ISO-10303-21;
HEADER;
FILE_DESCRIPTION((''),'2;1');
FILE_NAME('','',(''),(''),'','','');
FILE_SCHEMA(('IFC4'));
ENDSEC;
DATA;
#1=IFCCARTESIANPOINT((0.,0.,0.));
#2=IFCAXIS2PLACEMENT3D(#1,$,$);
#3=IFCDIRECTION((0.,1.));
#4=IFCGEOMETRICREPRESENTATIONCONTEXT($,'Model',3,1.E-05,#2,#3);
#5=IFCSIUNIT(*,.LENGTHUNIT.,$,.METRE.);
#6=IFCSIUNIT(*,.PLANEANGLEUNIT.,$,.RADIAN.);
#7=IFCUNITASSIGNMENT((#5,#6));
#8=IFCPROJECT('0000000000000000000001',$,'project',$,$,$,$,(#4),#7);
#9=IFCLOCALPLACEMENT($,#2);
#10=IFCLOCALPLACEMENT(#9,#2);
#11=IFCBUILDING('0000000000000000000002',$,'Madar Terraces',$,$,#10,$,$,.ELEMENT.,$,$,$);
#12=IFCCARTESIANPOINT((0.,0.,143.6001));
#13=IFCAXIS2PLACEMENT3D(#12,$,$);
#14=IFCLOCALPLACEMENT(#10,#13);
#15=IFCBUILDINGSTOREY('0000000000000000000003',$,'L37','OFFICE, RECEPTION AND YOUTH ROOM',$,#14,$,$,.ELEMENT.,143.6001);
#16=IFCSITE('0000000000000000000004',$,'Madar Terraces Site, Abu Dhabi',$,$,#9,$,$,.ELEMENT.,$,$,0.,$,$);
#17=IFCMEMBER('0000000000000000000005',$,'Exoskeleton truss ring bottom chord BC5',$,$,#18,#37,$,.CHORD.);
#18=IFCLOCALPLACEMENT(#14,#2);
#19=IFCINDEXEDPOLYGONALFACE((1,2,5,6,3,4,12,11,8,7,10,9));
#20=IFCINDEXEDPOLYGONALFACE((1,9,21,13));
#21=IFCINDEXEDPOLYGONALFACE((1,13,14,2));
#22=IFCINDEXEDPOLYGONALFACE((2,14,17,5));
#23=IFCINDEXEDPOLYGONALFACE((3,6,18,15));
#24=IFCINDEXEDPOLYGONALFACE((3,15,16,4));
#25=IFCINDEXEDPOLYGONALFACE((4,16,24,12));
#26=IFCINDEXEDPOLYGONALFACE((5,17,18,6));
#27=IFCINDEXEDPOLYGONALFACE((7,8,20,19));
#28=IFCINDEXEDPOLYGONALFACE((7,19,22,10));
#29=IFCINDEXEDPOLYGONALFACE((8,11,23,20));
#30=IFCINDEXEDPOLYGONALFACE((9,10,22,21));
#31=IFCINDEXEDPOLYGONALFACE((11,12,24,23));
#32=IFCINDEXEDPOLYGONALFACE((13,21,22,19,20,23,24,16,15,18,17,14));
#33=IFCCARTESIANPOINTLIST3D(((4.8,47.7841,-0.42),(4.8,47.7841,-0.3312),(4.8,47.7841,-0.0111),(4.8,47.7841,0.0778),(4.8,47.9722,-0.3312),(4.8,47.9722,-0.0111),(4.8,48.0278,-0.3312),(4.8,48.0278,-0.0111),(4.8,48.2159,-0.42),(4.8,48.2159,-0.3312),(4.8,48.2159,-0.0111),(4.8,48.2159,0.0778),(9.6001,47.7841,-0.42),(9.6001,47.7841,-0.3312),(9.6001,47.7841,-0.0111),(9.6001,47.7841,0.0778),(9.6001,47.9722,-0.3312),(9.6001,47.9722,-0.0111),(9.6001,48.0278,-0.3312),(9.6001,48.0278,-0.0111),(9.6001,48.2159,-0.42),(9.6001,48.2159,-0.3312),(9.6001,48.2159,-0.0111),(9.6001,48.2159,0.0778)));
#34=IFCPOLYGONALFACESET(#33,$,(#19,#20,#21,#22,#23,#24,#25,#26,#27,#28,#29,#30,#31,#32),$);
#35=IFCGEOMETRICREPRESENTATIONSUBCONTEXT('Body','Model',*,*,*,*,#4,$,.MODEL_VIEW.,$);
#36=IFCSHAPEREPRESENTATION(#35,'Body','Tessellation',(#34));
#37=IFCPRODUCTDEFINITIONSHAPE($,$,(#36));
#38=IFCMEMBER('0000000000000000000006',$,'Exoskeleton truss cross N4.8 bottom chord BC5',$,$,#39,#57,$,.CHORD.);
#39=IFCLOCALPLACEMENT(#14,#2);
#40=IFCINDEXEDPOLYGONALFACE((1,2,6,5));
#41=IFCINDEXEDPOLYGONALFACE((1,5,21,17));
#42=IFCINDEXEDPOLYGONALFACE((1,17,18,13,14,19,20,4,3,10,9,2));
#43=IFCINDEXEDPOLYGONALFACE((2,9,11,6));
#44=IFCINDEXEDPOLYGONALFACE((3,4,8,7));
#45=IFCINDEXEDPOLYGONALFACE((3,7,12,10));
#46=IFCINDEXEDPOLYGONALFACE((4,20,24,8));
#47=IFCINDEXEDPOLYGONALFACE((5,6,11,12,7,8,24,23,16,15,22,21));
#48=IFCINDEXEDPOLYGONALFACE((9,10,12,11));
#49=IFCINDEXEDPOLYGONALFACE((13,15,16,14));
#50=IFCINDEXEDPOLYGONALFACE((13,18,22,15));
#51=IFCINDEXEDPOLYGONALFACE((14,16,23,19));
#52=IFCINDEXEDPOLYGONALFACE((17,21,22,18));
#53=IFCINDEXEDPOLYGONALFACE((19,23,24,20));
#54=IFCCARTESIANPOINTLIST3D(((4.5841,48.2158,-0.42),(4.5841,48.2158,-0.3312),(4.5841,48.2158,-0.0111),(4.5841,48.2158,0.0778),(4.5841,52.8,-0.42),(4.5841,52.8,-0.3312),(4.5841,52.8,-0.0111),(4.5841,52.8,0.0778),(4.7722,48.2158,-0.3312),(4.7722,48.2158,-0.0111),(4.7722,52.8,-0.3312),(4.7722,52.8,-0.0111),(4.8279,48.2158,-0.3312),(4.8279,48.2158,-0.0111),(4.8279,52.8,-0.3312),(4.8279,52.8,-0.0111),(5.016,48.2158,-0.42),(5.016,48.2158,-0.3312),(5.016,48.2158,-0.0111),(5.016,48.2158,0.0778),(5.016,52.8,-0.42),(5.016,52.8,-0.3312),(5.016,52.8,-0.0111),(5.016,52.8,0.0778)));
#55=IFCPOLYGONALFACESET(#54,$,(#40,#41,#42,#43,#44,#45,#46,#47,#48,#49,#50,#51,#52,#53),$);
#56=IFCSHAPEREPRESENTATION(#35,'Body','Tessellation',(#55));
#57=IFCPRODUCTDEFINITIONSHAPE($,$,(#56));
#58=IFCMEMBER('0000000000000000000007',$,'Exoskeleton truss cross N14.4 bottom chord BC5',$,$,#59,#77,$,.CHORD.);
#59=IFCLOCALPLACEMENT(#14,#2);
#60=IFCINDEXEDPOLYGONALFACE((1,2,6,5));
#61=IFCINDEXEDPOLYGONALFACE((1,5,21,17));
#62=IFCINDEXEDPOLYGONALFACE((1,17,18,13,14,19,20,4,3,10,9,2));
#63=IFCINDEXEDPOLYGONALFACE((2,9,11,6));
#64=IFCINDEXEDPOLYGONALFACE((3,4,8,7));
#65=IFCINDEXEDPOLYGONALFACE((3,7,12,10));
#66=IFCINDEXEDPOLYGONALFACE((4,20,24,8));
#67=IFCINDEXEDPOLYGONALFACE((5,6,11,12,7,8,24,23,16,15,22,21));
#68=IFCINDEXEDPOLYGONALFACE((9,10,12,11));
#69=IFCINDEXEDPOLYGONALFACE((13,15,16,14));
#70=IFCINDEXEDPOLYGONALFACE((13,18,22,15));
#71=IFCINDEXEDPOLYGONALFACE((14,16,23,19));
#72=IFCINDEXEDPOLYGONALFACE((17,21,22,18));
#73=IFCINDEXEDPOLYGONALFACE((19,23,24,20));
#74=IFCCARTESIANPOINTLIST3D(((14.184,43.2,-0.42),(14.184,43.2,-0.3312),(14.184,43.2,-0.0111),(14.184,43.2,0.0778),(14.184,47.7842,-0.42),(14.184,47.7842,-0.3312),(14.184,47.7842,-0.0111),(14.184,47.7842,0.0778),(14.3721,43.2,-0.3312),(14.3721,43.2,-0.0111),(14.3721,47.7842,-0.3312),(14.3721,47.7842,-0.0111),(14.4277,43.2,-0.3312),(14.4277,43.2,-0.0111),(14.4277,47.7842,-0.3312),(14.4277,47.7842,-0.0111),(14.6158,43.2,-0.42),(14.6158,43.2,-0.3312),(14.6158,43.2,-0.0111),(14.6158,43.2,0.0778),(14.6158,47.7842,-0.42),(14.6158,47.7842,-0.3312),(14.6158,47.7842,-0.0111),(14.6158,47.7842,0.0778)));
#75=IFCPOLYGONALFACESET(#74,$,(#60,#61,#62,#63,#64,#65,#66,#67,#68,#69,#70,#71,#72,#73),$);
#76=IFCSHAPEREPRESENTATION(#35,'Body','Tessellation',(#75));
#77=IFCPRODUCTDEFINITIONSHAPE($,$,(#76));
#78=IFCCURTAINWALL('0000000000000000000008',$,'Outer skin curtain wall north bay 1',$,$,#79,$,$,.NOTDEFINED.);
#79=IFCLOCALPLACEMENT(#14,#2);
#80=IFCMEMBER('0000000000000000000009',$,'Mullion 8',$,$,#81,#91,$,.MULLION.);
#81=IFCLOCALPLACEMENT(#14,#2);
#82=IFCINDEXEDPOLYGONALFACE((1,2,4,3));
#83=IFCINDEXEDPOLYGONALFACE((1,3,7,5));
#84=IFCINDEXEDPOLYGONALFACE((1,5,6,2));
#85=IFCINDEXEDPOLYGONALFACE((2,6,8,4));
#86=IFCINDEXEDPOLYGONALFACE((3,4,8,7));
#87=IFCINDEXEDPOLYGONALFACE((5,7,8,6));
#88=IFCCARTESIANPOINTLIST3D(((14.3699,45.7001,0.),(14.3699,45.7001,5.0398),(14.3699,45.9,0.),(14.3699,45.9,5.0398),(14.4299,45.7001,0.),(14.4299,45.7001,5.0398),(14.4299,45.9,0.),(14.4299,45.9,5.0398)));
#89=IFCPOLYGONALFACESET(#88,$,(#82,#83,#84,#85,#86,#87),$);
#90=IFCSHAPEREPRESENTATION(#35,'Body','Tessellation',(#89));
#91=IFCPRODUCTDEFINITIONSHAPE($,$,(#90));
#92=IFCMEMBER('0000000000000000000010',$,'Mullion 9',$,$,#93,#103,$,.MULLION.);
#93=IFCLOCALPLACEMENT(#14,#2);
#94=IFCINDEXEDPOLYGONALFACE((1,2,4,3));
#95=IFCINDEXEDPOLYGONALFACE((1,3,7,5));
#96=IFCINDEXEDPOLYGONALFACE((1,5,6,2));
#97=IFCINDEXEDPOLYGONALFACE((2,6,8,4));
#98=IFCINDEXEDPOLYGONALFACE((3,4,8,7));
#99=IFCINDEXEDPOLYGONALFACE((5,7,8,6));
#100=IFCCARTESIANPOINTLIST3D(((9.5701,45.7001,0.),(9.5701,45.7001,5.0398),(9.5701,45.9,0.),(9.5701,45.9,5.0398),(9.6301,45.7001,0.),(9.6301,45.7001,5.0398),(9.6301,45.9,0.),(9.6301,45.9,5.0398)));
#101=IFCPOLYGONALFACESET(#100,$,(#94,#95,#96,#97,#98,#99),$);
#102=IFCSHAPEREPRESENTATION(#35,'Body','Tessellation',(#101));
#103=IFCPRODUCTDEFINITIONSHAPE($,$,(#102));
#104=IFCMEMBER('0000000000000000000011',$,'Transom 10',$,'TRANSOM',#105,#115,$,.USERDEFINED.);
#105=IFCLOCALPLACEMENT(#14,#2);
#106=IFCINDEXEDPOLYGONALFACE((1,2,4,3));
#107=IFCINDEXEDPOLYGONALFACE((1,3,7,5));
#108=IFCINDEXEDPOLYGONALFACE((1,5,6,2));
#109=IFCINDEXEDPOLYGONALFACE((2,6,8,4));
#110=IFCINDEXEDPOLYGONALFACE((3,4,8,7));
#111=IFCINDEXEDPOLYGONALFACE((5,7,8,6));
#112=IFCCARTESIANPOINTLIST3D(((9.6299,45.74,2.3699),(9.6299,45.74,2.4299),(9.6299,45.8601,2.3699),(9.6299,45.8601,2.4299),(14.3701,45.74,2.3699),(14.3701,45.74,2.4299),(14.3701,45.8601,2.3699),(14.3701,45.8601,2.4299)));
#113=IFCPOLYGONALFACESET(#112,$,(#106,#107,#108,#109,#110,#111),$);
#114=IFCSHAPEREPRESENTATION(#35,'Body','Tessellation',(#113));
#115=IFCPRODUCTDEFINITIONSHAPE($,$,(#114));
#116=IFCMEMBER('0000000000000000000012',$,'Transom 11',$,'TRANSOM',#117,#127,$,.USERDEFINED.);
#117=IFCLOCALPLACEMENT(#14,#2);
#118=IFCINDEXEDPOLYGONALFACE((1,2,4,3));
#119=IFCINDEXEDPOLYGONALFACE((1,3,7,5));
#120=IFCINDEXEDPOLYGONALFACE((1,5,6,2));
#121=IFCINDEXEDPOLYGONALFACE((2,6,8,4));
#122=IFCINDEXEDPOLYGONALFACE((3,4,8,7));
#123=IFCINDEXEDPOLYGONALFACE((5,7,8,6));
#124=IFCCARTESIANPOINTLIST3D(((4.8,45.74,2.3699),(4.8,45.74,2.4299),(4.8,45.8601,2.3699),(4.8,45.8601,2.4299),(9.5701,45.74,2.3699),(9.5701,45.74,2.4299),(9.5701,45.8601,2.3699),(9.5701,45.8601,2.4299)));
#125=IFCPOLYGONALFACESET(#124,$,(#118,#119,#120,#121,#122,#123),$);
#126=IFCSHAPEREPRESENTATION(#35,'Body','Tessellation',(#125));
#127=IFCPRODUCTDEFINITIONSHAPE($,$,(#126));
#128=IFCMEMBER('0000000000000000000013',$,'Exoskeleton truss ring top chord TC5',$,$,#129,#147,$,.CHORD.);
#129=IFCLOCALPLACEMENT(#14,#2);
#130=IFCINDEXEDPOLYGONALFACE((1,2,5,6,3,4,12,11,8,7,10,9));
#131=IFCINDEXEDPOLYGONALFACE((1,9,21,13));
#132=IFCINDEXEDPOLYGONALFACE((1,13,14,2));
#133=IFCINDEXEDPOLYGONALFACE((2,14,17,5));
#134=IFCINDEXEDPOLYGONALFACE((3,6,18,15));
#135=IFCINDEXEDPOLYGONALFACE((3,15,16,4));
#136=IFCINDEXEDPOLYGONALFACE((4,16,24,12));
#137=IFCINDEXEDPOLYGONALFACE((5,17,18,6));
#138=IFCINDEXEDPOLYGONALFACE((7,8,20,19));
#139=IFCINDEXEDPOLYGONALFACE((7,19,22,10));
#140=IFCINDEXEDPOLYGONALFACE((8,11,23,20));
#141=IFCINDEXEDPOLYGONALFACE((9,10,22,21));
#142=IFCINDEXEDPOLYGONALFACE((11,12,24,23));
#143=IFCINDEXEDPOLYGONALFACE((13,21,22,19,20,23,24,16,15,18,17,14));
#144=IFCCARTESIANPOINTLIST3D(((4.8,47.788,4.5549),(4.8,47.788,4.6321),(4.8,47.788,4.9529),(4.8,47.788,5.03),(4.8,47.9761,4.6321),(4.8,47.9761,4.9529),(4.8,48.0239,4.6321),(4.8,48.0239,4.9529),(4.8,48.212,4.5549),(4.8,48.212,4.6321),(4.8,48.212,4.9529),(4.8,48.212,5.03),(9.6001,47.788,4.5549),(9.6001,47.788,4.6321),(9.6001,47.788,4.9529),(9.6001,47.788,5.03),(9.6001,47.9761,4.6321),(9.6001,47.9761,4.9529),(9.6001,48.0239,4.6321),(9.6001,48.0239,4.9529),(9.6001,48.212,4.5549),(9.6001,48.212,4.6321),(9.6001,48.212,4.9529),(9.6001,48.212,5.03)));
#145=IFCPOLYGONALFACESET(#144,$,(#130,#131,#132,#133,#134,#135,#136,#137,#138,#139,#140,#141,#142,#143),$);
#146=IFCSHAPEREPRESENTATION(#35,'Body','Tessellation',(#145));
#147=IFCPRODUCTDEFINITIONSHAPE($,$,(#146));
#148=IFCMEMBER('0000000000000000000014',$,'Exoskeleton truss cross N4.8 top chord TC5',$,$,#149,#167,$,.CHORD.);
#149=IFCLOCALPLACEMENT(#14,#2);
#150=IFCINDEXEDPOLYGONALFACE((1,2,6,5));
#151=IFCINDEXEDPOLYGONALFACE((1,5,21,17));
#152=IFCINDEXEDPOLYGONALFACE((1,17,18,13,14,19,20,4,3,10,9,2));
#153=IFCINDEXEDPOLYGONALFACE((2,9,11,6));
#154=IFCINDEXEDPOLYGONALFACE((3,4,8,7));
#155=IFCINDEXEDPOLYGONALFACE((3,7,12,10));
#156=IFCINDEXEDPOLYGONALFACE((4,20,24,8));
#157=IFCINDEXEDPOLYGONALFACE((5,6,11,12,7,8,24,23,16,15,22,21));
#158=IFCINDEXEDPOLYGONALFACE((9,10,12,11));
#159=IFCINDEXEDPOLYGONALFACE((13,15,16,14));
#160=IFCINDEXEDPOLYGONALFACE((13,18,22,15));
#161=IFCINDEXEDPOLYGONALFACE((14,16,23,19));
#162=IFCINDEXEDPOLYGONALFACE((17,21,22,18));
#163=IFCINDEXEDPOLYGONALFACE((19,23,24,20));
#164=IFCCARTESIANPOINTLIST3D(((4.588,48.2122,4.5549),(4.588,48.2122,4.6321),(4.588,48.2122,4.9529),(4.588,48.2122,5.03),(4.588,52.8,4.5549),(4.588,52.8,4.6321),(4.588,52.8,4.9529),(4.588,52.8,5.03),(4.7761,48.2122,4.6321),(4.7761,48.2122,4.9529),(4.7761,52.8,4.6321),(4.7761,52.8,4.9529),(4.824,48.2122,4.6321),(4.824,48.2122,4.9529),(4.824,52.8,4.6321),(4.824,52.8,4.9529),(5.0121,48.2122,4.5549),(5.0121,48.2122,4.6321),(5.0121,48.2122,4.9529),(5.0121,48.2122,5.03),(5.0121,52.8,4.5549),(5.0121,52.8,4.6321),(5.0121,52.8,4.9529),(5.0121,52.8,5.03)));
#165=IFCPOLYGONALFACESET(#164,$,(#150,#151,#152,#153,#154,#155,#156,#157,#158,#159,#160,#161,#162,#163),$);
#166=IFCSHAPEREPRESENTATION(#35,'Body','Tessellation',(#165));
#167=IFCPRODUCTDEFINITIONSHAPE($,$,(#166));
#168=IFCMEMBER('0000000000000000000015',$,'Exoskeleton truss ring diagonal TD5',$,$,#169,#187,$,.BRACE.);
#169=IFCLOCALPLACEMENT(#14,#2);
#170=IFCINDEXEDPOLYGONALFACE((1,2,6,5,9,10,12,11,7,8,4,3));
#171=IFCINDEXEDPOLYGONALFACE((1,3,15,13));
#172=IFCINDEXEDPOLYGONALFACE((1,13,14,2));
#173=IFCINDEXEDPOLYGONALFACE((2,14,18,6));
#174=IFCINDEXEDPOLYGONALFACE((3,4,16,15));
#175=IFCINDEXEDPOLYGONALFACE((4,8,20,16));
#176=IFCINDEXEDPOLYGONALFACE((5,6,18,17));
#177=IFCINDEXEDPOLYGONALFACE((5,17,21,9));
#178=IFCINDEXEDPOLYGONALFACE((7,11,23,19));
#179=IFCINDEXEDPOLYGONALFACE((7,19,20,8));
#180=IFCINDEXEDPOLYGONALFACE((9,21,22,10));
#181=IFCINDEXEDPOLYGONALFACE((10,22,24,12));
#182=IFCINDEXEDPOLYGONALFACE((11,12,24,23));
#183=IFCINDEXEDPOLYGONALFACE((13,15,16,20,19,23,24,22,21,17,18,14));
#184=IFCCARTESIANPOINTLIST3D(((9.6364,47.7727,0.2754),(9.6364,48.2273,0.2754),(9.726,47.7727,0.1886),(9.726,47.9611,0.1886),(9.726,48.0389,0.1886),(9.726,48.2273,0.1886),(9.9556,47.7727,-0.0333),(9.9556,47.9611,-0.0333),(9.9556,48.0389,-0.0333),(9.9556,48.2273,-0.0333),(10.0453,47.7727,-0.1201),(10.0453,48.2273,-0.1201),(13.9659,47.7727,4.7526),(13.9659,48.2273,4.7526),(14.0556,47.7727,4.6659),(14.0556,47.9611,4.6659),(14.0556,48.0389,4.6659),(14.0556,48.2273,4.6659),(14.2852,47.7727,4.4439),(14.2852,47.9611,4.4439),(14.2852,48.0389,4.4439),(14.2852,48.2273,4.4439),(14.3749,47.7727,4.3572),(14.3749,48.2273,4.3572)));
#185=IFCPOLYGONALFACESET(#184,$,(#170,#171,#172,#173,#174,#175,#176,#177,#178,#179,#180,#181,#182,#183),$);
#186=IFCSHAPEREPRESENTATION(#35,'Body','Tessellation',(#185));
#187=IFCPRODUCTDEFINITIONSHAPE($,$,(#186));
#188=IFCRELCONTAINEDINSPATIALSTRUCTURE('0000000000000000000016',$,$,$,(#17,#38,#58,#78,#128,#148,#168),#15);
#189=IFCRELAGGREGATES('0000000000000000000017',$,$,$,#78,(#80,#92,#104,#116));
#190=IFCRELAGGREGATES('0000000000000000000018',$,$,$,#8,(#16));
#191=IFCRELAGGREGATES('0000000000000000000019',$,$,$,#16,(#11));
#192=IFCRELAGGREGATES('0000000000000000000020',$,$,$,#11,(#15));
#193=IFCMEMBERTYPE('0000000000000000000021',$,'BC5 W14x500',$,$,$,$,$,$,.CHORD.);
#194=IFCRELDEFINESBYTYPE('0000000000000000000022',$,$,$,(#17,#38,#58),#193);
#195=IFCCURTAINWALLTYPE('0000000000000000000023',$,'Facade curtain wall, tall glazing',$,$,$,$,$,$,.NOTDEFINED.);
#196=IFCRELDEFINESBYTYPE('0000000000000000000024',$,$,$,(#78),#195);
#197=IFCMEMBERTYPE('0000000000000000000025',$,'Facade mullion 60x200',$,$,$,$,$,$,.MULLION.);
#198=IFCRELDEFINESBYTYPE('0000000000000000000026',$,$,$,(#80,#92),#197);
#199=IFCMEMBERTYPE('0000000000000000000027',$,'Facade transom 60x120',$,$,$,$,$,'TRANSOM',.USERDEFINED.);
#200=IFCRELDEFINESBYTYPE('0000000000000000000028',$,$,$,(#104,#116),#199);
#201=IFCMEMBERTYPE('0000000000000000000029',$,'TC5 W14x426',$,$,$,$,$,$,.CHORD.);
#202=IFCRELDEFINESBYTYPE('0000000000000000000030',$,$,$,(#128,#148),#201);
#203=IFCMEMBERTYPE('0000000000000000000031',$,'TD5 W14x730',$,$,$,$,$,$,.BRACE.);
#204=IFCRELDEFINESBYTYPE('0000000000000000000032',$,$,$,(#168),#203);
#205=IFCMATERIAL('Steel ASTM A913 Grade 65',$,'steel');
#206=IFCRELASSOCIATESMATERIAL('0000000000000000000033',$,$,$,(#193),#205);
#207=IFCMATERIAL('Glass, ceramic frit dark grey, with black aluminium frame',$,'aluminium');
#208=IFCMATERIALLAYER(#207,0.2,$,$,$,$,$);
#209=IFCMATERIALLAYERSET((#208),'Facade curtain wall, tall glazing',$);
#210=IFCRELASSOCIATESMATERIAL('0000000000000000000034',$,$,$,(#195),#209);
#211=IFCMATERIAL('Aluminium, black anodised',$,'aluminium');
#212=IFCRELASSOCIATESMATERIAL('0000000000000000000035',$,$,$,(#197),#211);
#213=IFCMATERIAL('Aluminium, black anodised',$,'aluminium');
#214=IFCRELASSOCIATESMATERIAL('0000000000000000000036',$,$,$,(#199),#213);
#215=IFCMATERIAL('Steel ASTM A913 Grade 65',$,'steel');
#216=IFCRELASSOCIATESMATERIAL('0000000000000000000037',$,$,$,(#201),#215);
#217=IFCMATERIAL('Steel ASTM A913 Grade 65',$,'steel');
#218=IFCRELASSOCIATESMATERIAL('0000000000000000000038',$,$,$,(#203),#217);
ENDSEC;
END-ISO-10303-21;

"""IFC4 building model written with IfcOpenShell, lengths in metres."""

from ifc_helpers import new_model, si_unit, direction, frame, origin, origin_2d, place, context, subcontext, project, spatial, rectangle, i_section, extrude, material, layer, layer_set, material_profile, profile_set, type_object, element, aggregate, save


model = new_model("IFC4")

# Units and contexts
model_context = context("Model", 3, precision=1e-05, world=origin(), true_north=direction((0.0, 1.0)))
body_context = subcontext(model_context, "Body", "Model", "MODEL_VIEW")
ifc_project = project(units=[si_unit("LENGTHUNIT", "METRE"), si_unit("PLANEANGLEUNIT", "RADIAN")], contexts=[model_context])

# Site, building, storey
site_placement = place(None, origin())
site = spatial("IfcSite", under=ifc_project, at=site_placement, Name="Madar Terraces Site, Abu Dhabi", CompositionType="ELEMENT", RefElevation=0.0)
building_placement = place(site_placement, origin())
building = spatial("IfcBuilding", under=site, at=building_placement, Name="Madar Terraces", CompositionType="ELEMENT")
storey_placement = place(building_placement, frame((0.0, 0.0, 143.6001)))
storey = spatial("IfcBuildingStorey", under=building, at=storey_placement, Name="L37", Description="OFFICE, RECEPTION AND YOUTH ROOM", CompositionType="ELEMENT", Elevation=143.6001)

# Members
ifc_material_1 = material(Name="Steel ASTM A913 Grade 65", Category="steel")
ifc_material_profile_1 = material_profile(ifc_material_1, i_section(OverallWidth=0.4319, OverallDepth=0.4978, WebThickness=0.0557, FlangeThickness=0.0889, at=origin_2d()), Name="W14x500")
ifc_profile_set_1 = profile_set([ifc_material_profile_1], Name="Steel ASTM A913 Grade 65")
member_type_1 = type_object("IfcMemberType", Name="BC5 W14x500", PredefinedType="CHORD", material=ifc_profile_set_1)
member_1_placement = place(storey_placement, frame((9.6001, 48.0, -0.1711), z_axis=(-1.0, 0.0, 0.0), x_axis=(0.0, -1.0, 0.0)))
element("IfcMember", 1, at=member_1_placement, inside=storey, type_object=member_type_1, Name="Exoskeleton truss ring bottom chord BC5", PredefinedType="CHORD", context=body_context, shape_type="SweptSolid", body=[
    extrude(i_section(OverallWidth=0.4319, OverallDepth=0.4978, WebThickness=0.0557, FlangeThickness=0.0889, at=origin_2d()), origin(), (0.0, 0.0, 1.0), 4.8),
])
for number, where, z_axis, x_axis, name in (
    (2, (4.8, 52.8, -0.1711), (0.0, -1.0, 0.0), (1.0, 0.0, 0.0), "Exoskeleton truss cross N4.8 bottom chord BC5"),
    (3, (14.3999, 47.7842, -0.1711), (0.0, -1.0, 0.0), (1.0, 0.0, 0.0), "Exoskeleton truss cross N14.4 bottom chord BC5"),
):
    element("IfcMember", number, at=place(storey_placement, frame(where, z_axis=z_axis, x_axis=x_axis)), inside=storey, type_object=member_type_1, Name=name, PredefinedType="CHORD", context=body_context, shape_type="SweptSolid", body=[
        extrude(i_section(OverallWidth=0.4319, OverallDepth=0.4978, WebThickness=0.0557, FlangeThickness=0.0889, at=origin_2d()), origin(), (0.0, 0.0, 1.0), 4.5842),
    ])

# Curtain wall, members
ifc_material_2 = material(Name="Glass, ceramic frit dark grey, with black aluminium frame", Category="aluminium")
ifc_layer_1 = layer(ifc_material_2, 0.2)
ifc_layer_set_1 = layer_set([ifc_layer_1], Name="Facade curtain wall, tall glazing")
curtain_wall_type = type_object("IfcCurtainWallType", Name="Facade curtain wall, tall glazing", PredefinedType="NOTDEFINED", material=ifc_layer_set_1)
curtain_wall_placement = place(storey_placement, origin())
curtain_wall = element("IfcCurtainWall", 4, at=curtain_wall_placement, inside=storey, type_object=curtain_wall_type, Name="Outer skin curtain wall north bay 1", PredefinedType="NOTDEFINED")
ifc_material_3 = material(Name="Aluminium, black anodised", Category="aluminium")
ifc_material_profile_2 = material_profile(ifc_material_3, rectangle(XDim=0.2, YDim=0.0601, at=origin_2d()), Name="Facade mullion 60x200")
ifc_profile_set_2 = profile_set([ifc_material_profile_2], Name="Aluminium, black anodised")
member_type_2 = type_object("IfcMemberType", Name="Facade mullion 60x200", PredefinedType="MULLION", material=ifc_profile_set_2)
member_2_placement = place(storey_placement, frame((14.3999, 45.8, 0.0), z_axis=(0.0, 0.0, 1.0), x_axis=(0.0, -1.0, 0.0)))
member_2 = element("IfcMember", 5, at=member_2_placement, type_object=member_type_2, Name="Mullion 8", PredefinedType="MULLION", context=body_context, shape_type="SweptSolid", body=[
    extrude(rectangle(XDim=0.2, YDim=0.0601, at=origin_2d()), origin(), (0.0, 0.0, 1.0), 5.0398),
])
member_3_placement = place(storey_placement, frame((9.6001, 45.8, 0.0), z_axis=(0.0, 0.0, 1.0), x_axis=(0.0, -1.0, 0.0)))
member_3 = element("IfcMember", 6, at=member_3_placement, type_object=member_type_2, Name="Mullion 9", PredefinedType="MULLION", context=body_context, shape_type="SweptSolid", body=[
    extrude(rectangle(XDim=0.2, YDim=0.0601, at=origin_2d()), origin(), (0.0, 0.0, 1.0), 5.0398),
])
ifc_material_4 = material(Name="Aluminium, black anodised", Category="aluminium")
ifc_material_profile_3 = material_profile(ifc_material_4, rectangle(XDim=0.1201, YDim=0.0601, at=origin_2d()), Name="Facade transom 60x120")
ifc_profile_set_3 = profile_set([ifc_material_profile_3], Name="Aluminium, black anodised")
member_type_3 = type_object("IfcMemberType", Name="Facade transom 60x120", ElementType="TRANSOM", PredefinedType="USERDEFINED", material=ifc_profile_set_3)
member_4_placement = place(storey_placement, frame((14.3701, 45.8, 2.3999), z_axis=(-1.0, 0.0, 0.0), x_axis=(0.0, -1.0, 0.0)))
member_4 = element("IfcMember", 7, at=member_4_placement, type_object=member_type_3, Name="Transom 10", ObjectType="TRANSOM", PredefinedType="USERDEFINED", context=body_context, shape_type="SweptSolid", body=[
    extrude(rectangle(XDim=0.1201, YDim=0.0601, at=origin_2d()), origin(), (0.0, 0.0, 1.0), 4.7402),
])
member_5_placement = place(storey_placement, frame((9.5701, 45.8, 2.3999), z_axis=(-1.0, 0.0, 0.0), x_axis=(0.0, -1.0, 0.0)))
member_5 = element("IfcMember", 8, at=member_5_placement, type_object=member_type_3, Name="Transom 11", ObjectType="TRANSOM", PredefinedType="USERDEFINED", context=body_context, shape_type="SweptSolid", body=[
    extrude(rectangle(XDim=0.1201, YDim=0.0601, at=origin_2d()), origin(), (0.0, 0.0, 1.0), 4.77),
])

# Members
ifc_material_5 = material(Name="Steel ASTM A913 Grade 65", Category="steel")
ifc_material_profile_4 = material_profile(ifc_material_5, i_section(OverallWidth=0.4241, OverallDepth=0.4751, WebThickness=0.0479, FlangeThickness=0.0771, at=origin_2d()), Name="W14x426")
ifc_profile_set_4 = profile_set([ifc_material_profile_4], Name="Steel ASTM A913 Grade 65")
member_type_4 = type_object("IfcMemberType", Name="TC5 W14x426", PredefinedType="CHORD", material=ifc_profile_set_4)
member_6_placement = place(storey_placement, frame((9.6001, 48.0, 4.7925), z_axis=(-1.0, 0.0, 0.0), x_axis=(0.0, -1.0, 0.0)))
element("IfcMember", 9, at=member_6_placement, inside=storey, type_object=member_type_4, Name="Exoskeleton truss ring top chord TC5", PredefinedType="CHORD", context=body_context, shape_type="SweptSolid", body=[
    extrude(i_section(OverallWidth=0.4241, OverallDepth=0.4751, WebThickness=0.0479, FlangeThickness=0.0771, at=origin_2d()), origin(), (0.0, 0.0, 1.0), 4.8),
])
member_7_placement = place(storey_placement, frame((4.8, 52.8, 4.7925), z_axis=(0.0, -1.0, 0.0), x_axis=(1.0, 0.0, 0.0)))
element("IfcMember", 10, at=member_7_placement, inside=storey, type_object=member_type_4, Name="Exoskeleton truss cross N4.8 top chord TC5", PredefinedType="CHORD", context=body_context, shape_type="SweptSolid", body=[
    extrude(i_section(OverallWidth=0.4241, OverallDepth=0.4751, WebThickness=0.0479, FlangeThickness=0.0771, at=origin_2d()), origin(), (0.0, 0.0, 1.0), 4.5879),
])
ifc_material_6 = material(Name="Steel ASTM A913 Grade 65", Category="steel")
ifc_material_profile_5 = material_profile(ifc_material_6, i_section(OverallWidth=0.4546, OverallDepth=0.5688, WebThickness=0.0779, FlangeThickness=0.1248, at=origin_2d()), Name="W14x730")
ifc_profile_set_5 = profile_set([ifc_material_profile_5], Name="Steel ASTM A913 Grade 65")
member_type_5 = type_object("IfcMemberType", Name="TD5 W14x730", PredefinedType="BRACE", material=ifc_profile_set_5)
for number, where, z_axis, x_axis, name in (
    (11, (14.1704, 48.0, 4.5549), (-0.69515, 0.0, -0.718865), (0.0, -1.0, 0.0), "Exoskeleton truss ring diagonal TD5"),
):
    element("IfcMember", number, at=place(storey_placement, frame(where, z_axis=z_axis, x_axis=x_axis)), inside=storey, type_object=member_type_5, Name=name, PredefinedType="BRACE", context=body_context, shape_type="SweptSolid", body=[
        extrude(i_section(OverallWidth=0.4546, OverallDepth=0.5688, WebThickness=0.0779, FlangeThickness=0.1248, at=origin_2d()), origin(), (0.0, 0.0, 1.0), 6.2283),
    ])

aggregate(curtain_wall, [member_2, member_3, member_4, member_5])

save(model, "model.ifc")
